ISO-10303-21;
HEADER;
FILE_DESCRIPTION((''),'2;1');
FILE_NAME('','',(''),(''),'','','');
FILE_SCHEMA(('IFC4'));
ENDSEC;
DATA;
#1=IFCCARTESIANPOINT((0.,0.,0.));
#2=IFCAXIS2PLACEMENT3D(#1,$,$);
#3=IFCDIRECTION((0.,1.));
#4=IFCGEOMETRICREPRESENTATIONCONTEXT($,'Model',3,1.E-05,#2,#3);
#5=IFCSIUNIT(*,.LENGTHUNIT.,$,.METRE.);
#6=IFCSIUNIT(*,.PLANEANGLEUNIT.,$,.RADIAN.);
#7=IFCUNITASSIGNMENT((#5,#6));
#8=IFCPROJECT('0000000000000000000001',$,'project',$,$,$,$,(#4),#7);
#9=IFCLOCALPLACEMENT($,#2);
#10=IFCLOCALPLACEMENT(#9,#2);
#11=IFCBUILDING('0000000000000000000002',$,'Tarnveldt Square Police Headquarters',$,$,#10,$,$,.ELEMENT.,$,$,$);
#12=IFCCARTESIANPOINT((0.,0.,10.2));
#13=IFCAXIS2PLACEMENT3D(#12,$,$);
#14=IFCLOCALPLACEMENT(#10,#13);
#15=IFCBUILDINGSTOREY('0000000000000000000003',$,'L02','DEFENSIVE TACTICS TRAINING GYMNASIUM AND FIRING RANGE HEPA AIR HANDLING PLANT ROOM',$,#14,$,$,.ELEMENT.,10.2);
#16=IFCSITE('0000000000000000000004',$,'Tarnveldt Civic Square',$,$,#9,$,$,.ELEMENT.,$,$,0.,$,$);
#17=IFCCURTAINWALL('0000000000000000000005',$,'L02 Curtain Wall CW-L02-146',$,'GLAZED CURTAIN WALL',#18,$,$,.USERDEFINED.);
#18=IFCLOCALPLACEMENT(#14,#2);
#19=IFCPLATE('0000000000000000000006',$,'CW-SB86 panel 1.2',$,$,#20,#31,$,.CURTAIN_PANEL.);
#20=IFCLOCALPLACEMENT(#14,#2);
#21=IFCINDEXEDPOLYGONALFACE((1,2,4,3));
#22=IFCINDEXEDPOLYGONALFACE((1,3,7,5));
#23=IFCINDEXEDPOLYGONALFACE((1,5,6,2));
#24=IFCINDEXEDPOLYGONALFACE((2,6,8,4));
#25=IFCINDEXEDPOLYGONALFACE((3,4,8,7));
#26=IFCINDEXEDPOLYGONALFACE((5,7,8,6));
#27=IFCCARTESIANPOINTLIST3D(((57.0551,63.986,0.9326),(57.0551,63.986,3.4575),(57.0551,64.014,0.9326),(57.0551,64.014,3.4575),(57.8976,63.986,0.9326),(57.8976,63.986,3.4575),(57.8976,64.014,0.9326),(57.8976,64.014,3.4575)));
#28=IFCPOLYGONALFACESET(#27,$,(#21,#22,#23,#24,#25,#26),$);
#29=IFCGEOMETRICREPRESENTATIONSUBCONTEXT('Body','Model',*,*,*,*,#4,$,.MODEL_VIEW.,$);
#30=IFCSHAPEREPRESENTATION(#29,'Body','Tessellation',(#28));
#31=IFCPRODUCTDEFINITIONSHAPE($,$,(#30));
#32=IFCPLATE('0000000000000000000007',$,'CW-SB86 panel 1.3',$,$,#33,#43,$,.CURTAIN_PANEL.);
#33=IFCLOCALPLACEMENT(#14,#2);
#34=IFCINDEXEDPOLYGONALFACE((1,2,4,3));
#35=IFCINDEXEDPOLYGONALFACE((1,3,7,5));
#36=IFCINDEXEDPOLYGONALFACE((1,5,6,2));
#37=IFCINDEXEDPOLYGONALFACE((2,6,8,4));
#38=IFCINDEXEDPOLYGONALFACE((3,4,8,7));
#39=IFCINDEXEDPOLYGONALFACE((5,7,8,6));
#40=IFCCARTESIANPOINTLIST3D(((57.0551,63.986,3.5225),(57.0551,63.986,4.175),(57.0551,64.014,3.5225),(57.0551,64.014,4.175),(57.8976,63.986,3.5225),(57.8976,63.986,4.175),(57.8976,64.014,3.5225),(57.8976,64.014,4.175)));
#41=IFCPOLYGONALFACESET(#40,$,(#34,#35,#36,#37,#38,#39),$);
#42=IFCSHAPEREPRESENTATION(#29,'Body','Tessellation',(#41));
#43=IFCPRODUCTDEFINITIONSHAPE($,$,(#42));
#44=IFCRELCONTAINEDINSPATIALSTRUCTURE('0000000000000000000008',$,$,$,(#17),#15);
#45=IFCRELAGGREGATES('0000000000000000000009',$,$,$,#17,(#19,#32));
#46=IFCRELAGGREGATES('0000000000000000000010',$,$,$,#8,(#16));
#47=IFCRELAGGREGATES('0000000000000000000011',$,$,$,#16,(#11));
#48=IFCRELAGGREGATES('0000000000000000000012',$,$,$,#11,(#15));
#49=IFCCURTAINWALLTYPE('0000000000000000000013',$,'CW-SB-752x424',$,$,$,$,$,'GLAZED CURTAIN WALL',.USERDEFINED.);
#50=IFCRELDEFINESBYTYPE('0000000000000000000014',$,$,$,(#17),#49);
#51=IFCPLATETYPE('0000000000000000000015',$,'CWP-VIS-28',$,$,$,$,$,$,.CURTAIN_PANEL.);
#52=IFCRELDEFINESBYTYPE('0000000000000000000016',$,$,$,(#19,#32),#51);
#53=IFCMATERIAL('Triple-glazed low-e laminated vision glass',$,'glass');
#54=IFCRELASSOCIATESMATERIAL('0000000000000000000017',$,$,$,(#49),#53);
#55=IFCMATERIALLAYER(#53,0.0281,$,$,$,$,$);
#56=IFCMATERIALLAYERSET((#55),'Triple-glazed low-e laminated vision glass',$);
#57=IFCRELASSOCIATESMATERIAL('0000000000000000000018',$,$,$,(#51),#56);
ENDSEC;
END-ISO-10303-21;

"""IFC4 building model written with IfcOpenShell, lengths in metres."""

from ifc_helpers import new_model, si_unit, direction, frame, origin, origin_2d, place, context, subcontext, project, spatial, rectangle, extrude, material, layer, layer_set, type_object, element, aggregate, save


model = new_model("IFC4")

# Units and contexts
model_context = context("Model", 3, precision=1e-05, world=origin(), true_north=direction((0.0, 1.0)))
body_context = subcontext(model_context, "Body", "Model", "MODEL_VIEW")
ifc_project = project(units=[si_unit("LENGTHUNIT", "METRE"), si_unit("PLANEANGLEUNIT", "RADIAN")], contexts=[model_context])

# Site, building, storey
site_placement = place(None, origin())
site = spatial("IfcSite", under=ifc_project, at=site_placement, Name="Tarnveldt Civic Square", CompositionType="ELEMENT", RefElevation=0.0)
building_placement = place(site_placement, origin())
building = spatial("IfcBuilding", under=site, at=building_placement, Name="Tarnveldt Square Police Headquarters", CompositionType="ELEMENT")
storey_placement = place(building_placement, frame((0.0, 0.0, 10.2)))
storey = spatial("IfcBuildingStorey", under=building, at=storey_placement, Name="L02", Description="DEFENSIVE TACTICS TRAINING GYMNASIUM AND FIRING RANGE HEPA AIR HANDLING PLANT ROOM", CompositionType="ELEMENT", Elevation=10.2)

# Curtain wall
ifc_material_1 = material(Name="Triple-glazed low-e laminated vision glass", Category="glass")
curtain_wall_type_1 = type_object("IfcCurtainWallType", Name="CW-SB-752x424", ElementType="GLAZED CURTAIN WALL", PredefinedType="USERDEFINED", material=ifc_material_1)
curtain_wall_1_placement = place(storey_placement, origin())
curtain_wall_1 = element("IfcCurtainWall", 1, at=curtain_wall_1_placement, inside=storey, type_object=curtain_wall_type_1, Name="L02 Curtain Wall CW-L02-146", ObjectType="GLAZED CURTAIN WALL", PredefinedType="USERDEFINED")

# Plates
ifc_layer = layer(ifc_material_1, 0.0281)
ifc_layer_set = layer_set([ifc_layer], Name="Triple-glazed low-e laminated vision glass")
plate_type = type_object("IfcPlateType", Name="CWP-VIS-28", PredefinedType="CURTAIN_PANEL", material=ifc_layer_set)
plate_1_placement = place(storey_placement, frame((57.4763, 64.0, 0.9326), z_axis=(0.0, 0.0, 1.0), x_axis=(1.0, 0.0, 0.0)))
plate_1 = element("IfcPlate", 2, at=plate_1_placement, type_object=plate_type, Name="CW-SB86 panel 1.2", PredefinedType="CURTAIN_PANEL", context=body_context, shape_type="SweptSolid", body=[
    extrude(rectangle(XDim=0.8425, YDim=0.0281, at=origin_2d()), origin(), (0.0, 0.0, 1.0), 2.5249),
])
plate_2_placement = place(storey_placement, frame((57.4763, 64.0, 3.5225), z_axis=(0.0, 0.0, 1.0), x_axis=(1.0, 0.0, 0.0)))
plate_2 = element("IfcPlate", 3, at=plate_2_placement, type_object=plate_type, Name="CW-SB86 panel 1.3", PredefinedType="CURTAIN_PANEL", context=body_context, shape_type="SweptSolid", body=[
    extrude(rectangle(XDim=0.8425, YDim=0.0281, at=origin_2d()), origin(), (0.0, 0.0, 1.0), 0.6526),
])
aggregate(curtain_wall_1, [plate_1, plate_2])

save(model, "model.ifc")
